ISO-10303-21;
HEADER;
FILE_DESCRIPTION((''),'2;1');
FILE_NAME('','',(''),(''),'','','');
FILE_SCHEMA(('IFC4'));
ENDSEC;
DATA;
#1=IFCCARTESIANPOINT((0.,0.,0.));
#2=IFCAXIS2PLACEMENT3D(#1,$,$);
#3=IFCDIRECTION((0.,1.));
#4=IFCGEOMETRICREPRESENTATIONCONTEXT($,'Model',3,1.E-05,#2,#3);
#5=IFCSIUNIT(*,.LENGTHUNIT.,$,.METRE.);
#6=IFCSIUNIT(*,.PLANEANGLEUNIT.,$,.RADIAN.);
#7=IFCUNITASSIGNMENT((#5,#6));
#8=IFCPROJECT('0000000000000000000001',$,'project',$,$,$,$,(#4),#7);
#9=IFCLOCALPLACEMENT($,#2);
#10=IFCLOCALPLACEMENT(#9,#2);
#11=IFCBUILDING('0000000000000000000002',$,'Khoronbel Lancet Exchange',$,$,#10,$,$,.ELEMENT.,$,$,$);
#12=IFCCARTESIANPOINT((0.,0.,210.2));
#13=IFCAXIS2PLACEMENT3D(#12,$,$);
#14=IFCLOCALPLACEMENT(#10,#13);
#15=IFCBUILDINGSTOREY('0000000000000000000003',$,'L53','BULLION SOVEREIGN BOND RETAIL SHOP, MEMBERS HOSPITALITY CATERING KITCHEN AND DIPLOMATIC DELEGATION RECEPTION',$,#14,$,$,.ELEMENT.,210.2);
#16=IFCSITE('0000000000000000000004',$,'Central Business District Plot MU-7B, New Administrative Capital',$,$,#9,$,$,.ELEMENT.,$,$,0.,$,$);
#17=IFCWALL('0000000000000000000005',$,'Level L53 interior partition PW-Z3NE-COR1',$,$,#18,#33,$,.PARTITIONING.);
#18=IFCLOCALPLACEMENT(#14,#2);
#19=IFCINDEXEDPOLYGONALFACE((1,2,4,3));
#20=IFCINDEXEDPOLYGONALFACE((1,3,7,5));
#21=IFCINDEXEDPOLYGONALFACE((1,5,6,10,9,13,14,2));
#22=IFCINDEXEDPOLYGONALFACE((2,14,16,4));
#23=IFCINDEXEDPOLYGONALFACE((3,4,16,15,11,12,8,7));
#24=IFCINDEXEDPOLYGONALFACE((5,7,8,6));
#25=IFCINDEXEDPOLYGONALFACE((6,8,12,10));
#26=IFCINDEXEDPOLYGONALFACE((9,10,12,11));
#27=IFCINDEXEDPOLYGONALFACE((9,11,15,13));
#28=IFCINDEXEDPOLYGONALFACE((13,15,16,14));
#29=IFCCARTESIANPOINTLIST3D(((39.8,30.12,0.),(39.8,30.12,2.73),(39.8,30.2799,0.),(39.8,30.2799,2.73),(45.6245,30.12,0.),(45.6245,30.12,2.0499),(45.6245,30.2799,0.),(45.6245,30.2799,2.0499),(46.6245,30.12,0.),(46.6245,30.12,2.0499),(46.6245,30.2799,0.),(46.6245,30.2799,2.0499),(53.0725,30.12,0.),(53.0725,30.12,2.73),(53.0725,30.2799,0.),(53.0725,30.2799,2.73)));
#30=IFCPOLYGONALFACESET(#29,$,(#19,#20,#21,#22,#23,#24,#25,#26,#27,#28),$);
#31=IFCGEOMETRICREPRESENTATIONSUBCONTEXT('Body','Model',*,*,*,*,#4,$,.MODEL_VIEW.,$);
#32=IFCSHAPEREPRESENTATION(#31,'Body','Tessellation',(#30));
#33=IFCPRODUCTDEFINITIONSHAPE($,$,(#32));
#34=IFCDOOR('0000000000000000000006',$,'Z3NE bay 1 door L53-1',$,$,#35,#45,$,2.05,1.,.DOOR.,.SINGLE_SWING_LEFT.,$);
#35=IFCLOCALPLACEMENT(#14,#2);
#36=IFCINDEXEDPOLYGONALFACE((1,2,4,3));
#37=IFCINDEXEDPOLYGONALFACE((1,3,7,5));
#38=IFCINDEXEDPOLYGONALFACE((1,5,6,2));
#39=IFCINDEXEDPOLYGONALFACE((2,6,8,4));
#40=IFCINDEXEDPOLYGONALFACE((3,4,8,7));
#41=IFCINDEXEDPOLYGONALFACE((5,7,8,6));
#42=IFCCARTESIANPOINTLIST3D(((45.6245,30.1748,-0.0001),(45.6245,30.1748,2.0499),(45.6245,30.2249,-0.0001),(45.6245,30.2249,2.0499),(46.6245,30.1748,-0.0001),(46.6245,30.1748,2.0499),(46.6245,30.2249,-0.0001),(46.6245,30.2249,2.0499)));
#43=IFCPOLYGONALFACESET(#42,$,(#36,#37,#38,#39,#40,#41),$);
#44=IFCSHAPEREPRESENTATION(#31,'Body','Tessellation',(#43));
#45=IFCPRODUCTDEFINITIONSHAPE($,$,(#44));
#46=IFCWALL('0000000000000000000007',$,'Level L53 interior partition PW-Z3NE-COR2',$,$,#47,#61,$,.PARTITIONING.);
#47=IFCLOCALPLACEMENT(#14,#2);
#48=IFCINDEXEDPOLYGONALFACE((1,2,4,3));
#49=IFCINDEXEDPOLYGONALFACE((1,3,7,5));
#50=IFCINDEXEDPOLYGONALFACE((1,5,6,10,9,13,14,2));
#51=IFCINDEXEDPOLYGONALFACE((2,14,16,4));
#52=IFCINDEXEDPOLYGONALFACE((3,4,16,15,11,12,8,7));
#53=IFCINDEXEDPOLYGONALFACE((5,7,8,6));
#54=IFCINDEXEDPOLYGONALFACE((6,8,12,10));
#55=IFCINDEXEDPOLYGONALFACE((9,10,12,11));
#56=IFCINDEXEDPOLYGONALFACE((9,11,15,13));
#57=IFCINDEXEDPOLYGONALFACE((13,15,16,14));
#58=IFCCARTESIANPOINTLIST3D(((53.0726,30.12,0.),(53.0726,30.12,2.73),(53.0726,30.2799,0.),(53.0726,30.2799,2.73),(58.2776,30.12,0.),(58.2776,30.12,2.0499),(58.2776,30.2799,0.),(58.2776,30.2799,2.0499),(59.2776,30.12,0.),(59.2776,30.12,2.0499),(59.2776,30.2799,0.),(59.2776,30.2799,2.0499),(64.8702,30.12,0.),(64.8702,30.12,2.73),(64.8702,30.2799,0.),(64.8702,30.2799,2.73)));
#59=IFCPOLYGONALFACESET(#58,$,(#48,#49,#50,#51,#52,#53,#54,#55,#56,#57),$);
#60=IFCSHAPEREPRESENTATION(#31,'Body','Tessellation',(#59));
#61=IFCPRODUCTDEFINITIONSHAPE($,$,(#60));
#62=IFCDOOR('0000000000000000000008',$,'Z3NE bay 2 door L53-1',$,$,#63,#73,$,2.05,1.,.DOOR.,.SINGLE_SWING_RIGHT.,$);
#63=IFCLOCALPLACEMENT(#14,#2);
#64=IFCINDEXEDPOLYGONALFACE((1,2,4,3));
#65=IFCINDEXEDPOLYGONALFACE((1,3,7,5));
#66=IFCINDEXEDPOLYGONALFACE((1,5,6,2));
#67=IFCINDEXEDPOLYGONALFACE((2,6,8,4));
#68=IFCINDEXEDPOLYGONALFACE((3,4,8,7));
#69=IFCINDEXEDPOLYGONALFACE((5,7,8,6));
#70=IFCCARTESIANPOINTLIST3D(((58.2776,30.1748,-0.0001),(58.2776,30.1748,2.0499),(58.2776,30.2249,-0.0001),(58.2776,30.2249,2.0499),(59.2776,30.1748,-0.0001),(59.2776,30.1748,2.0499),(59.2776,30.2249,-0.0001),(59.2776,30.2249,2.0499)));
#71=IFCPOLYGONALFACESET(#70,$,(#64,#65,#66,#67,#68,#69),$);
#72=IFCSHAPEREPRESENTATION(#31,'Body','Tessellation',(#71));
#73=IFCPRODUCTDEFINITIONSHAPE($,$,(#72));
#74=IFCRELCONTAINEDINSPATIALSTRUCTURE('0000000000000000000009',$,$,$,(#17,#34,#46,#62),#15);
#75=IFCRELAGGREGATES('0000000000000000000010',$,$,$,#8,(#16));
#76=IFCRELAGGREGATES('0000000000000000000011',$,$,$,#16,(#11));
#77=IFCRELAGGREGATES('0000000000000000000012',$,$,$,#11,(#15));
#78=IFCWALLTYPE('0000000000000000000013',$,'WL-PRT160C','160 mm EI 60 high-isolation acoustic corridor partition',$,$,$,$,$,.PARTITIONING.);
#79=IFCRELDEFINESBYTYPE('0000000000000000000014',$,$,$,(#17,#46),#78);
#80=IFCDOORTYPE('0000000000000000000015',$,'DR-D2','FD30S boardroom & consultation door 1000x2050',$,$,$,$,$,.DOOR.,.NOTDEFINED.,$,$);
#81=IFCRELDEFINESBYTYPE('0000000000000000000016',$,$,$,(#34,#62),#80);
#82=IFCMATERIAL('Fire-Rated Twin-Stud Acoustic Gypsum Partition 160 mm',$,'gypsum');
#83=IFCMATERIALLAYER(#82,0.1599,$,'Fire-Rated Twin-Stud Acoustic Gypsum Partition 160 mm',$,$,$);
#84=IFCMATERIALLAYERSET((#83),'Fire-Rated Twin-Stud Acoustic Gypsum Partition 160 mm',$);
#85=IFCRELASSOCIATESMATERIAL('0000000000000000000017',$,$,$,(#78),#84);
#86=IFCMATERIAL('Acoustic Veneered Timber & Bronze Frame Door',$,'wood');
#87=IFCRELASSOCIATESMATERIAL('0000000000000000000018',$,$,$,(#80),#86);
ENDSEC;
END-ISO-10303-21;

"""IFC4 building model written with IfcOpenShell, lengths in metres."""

from ifc_helpers import new_model, si_unit, direction, frame, frame_2d, origin, place, context, subcontext, project, spatial, rectangle, extrude, material, layer, layer_set, type_object, element, fill, save


model = new_model("IFC4")

# Units and contexts
model_context = context("Model", 3, precision=1e-05, world=origin(), true_north=direction((0.0, 1.0)))
body_context = subcontext(model_context, "Body", "Model", "MODEL_VIEW")
ifc_project = project(units=[si_unit("LENGTHUNIT", "METRE"), si_unit("PLANEANGLEUNIT", "RADIAN")], contexts=[model_context])

# Site, building, storey
site_placement = place(None, origin())
site = spatial("IfcSite", under=ifc_project, at=site_placement, Name="Central Business District Plot MU-7B, New Administrative Capital", CompositionType="ELEMENT", RefElevation=0.0)
building_placement = place(site_placement, origin())
building = spatial("IfcBuilding", under=site, at=building_placement, Name="Khoronbel Lancet Exchange", CompositionType="ELEMENT")
storey_placement = place(building_placement, frame((0.0, 0.0, 210.2)))
storey = spatial("IfcBuildingStorey", under=building, at=storey_placement, Name="L53", Description="BULLION SOVEREIGN BOND RETAIL SHOP, MEMBERS HOSPITALITY CATERING KITCHEN AND DIPLOMATIC DELEGATION RECEPTION", CompositionType="ELEMENT", Elevation=210.2)

# Walls, openings, doors
ifc_material_1 = material(Name="Fire-Rated Twin-Stud Acoustic Gypsum Partition 160 mm", Category="gypsum")
ifc_layer_1 = layer(ifc_material_1, 0.1599, Name="Fire-Rated Twin-Stud Acoustic Gypsum Partition 160 mm")
ifc_layer_set_1 = layer_set([ifc_layer_1], Name="Fire-Rated Twin-Stud Acoustic Gypsum Partition 160 mm")
wall_type_1 = type_object("IfcWallType", Name="WL-PRT160C", Description="160 mm EI 60 high-isolation acoustic corridor partition", PredefinedType="PARTITIONING", material=ifc_layer_set_1)
ifc_material_2 = material(Name="Acoustic Veneered Timber & Bronze Frame Door", Category="wood")
door_type_1 = type_object("IfcDoorType", Name="DR-D2", Description="FD30S boardroom & consultation door 1000x2050", OperationType="NOTDEFINED", PredefinedType="DOOR", material=ifc_material_2)
wall_1_placement = place(storey_placement, frame((39.8, 30.2, 0.0), z_axis=(0.0, 0.0, 1.0), x_axis=(1.0, 0.0, 0.0)))
wall_1 = element("IfcWall", 1, at=wall_1_placement, inside=storey, type_object=wall_type_1, Name="Level L53 interior partition PW-Z3NE-COR1", PredefinedType="PARTITIONING", context=body_context, shape_type="SweptSolid", body=[
    extrude(rectangle(XDim=13.2725, YDim=0.1599, at=frame_2d((6.6362, 0.0))), origin(), (0.0, 0.0, 1.0), 2.73),
])
opening_1_placement = place(wall_1_placement, frame((5.8245, 0.0, 0.0)))
opening_1 = element("IfcOpeningElement", 2, at=opening_1_placement, cuts=wall_1, PredefinedType="OPENING", context=body_context, shape_type="SweptSolid", body=[
    extrude(rectangle(XDim=1.0, YDim=2.05, at=frame_2d((0.5, 1.0249))), frame((0.0, 0.0898, 0.0), z_axis=(0.0, -1.0, 0.0), x_axis=(1.0, 0.0, 0.0)), (0.0, 0.0, 1.0), 0.1799),
])
door_1_placement = place(opening_1_placement, origin())
door_1 = element("IfcDoor", 3, at=door_1_placement, inside=storey, type_object=door_type_1, Name="Z3NE bay 1 door L53-1", OperationType="SINGLE_SWING_LEFT", OverallHeight=2.05, OverallWidth=1.0, PredefinedType="DOOR", context=body_context, shape_type="SweptSolid", body=[
    extrude(rectangle(XDim=1.0, YDim=2.05, at=frame_2d((0.5, 1.0249))), frame((0.0, 0.0249, 0.0), z_axis=(0.0, -1.0, 0.0), x_axis=(1.0, 0.0, 0.0)), (0.0, 0.0, 1.0), 0.05),
])
fill(opening_1, door_1)
wall_2_placement = place(storey_placement, frame((53.0725, 30.2, 0.0), z_axis=(0.0, 0.0, 1.0), x_axis=(1.0, 0.0, 0.0)))
wall_2 = element("IfcWall", 4, at=wall_2_placement, inside=storey, type_object=wall_type_1, Name="Level L53 interior partition PW-Z3NE-COR2", PredefinedType="PARTITIONING", context=body_context, shape_type="SweptSolid", body=[
    extrude(rectangle(XDim=11.7976, YDim=0.1599, at=frame_2d((5.8989, 0.0))), origin(), (0.0, 0.0, 1.0), 2.73),
])
opening_2_placement = place(wall_2_placement, frame((5.2051, 0.0, 0.0)))
opening_2 = element("IfcOpeningElement", 5, at=opening_2_placement, cuts=wall_2, PredefinedType="OPENING", context=body_context, shape_type="SweptSolid", body=[
    extrude(rectangle(XDim=1.0, YDim=2.05, at=frame_2d((0.5, 1.0249))), frame((0.0, 0.0898, 0.0), z_axis=(0.0, -1.0, 0.0), x_axis=(1.0, 0.0, 0.0)), (0.0, 0.0, 1.0), 0.1799),
])
door_2_placement = place(opening_2_placement, origin())
door_2 = element("IfcDoor", 6, at=door_2_placement, inside=storey, type_object=door_type_1, Name="Z3NE bay 2 door L53-1", OperationType="SINGLE_SWING_RIGHT", OverallHeight=2.05, OverallWidth=1.0, PredefinedType="DOOR", context=body_context, shape_type="SweptSolid", body=[
    extrude(rectangle(XDim=1.0, YDim=2.05, at=frame_2d((0.5, 1.0249))), frame((0.0, 0.0249, 0.0), z_axis=(0.0, -1.0, 0.0), x_axis=(1.0, 0.0, 0.0)), (0.0, 0.0, 1.0), 0.05),
])
fill(opening_2, door_2)

save(model, "model.ifc")
